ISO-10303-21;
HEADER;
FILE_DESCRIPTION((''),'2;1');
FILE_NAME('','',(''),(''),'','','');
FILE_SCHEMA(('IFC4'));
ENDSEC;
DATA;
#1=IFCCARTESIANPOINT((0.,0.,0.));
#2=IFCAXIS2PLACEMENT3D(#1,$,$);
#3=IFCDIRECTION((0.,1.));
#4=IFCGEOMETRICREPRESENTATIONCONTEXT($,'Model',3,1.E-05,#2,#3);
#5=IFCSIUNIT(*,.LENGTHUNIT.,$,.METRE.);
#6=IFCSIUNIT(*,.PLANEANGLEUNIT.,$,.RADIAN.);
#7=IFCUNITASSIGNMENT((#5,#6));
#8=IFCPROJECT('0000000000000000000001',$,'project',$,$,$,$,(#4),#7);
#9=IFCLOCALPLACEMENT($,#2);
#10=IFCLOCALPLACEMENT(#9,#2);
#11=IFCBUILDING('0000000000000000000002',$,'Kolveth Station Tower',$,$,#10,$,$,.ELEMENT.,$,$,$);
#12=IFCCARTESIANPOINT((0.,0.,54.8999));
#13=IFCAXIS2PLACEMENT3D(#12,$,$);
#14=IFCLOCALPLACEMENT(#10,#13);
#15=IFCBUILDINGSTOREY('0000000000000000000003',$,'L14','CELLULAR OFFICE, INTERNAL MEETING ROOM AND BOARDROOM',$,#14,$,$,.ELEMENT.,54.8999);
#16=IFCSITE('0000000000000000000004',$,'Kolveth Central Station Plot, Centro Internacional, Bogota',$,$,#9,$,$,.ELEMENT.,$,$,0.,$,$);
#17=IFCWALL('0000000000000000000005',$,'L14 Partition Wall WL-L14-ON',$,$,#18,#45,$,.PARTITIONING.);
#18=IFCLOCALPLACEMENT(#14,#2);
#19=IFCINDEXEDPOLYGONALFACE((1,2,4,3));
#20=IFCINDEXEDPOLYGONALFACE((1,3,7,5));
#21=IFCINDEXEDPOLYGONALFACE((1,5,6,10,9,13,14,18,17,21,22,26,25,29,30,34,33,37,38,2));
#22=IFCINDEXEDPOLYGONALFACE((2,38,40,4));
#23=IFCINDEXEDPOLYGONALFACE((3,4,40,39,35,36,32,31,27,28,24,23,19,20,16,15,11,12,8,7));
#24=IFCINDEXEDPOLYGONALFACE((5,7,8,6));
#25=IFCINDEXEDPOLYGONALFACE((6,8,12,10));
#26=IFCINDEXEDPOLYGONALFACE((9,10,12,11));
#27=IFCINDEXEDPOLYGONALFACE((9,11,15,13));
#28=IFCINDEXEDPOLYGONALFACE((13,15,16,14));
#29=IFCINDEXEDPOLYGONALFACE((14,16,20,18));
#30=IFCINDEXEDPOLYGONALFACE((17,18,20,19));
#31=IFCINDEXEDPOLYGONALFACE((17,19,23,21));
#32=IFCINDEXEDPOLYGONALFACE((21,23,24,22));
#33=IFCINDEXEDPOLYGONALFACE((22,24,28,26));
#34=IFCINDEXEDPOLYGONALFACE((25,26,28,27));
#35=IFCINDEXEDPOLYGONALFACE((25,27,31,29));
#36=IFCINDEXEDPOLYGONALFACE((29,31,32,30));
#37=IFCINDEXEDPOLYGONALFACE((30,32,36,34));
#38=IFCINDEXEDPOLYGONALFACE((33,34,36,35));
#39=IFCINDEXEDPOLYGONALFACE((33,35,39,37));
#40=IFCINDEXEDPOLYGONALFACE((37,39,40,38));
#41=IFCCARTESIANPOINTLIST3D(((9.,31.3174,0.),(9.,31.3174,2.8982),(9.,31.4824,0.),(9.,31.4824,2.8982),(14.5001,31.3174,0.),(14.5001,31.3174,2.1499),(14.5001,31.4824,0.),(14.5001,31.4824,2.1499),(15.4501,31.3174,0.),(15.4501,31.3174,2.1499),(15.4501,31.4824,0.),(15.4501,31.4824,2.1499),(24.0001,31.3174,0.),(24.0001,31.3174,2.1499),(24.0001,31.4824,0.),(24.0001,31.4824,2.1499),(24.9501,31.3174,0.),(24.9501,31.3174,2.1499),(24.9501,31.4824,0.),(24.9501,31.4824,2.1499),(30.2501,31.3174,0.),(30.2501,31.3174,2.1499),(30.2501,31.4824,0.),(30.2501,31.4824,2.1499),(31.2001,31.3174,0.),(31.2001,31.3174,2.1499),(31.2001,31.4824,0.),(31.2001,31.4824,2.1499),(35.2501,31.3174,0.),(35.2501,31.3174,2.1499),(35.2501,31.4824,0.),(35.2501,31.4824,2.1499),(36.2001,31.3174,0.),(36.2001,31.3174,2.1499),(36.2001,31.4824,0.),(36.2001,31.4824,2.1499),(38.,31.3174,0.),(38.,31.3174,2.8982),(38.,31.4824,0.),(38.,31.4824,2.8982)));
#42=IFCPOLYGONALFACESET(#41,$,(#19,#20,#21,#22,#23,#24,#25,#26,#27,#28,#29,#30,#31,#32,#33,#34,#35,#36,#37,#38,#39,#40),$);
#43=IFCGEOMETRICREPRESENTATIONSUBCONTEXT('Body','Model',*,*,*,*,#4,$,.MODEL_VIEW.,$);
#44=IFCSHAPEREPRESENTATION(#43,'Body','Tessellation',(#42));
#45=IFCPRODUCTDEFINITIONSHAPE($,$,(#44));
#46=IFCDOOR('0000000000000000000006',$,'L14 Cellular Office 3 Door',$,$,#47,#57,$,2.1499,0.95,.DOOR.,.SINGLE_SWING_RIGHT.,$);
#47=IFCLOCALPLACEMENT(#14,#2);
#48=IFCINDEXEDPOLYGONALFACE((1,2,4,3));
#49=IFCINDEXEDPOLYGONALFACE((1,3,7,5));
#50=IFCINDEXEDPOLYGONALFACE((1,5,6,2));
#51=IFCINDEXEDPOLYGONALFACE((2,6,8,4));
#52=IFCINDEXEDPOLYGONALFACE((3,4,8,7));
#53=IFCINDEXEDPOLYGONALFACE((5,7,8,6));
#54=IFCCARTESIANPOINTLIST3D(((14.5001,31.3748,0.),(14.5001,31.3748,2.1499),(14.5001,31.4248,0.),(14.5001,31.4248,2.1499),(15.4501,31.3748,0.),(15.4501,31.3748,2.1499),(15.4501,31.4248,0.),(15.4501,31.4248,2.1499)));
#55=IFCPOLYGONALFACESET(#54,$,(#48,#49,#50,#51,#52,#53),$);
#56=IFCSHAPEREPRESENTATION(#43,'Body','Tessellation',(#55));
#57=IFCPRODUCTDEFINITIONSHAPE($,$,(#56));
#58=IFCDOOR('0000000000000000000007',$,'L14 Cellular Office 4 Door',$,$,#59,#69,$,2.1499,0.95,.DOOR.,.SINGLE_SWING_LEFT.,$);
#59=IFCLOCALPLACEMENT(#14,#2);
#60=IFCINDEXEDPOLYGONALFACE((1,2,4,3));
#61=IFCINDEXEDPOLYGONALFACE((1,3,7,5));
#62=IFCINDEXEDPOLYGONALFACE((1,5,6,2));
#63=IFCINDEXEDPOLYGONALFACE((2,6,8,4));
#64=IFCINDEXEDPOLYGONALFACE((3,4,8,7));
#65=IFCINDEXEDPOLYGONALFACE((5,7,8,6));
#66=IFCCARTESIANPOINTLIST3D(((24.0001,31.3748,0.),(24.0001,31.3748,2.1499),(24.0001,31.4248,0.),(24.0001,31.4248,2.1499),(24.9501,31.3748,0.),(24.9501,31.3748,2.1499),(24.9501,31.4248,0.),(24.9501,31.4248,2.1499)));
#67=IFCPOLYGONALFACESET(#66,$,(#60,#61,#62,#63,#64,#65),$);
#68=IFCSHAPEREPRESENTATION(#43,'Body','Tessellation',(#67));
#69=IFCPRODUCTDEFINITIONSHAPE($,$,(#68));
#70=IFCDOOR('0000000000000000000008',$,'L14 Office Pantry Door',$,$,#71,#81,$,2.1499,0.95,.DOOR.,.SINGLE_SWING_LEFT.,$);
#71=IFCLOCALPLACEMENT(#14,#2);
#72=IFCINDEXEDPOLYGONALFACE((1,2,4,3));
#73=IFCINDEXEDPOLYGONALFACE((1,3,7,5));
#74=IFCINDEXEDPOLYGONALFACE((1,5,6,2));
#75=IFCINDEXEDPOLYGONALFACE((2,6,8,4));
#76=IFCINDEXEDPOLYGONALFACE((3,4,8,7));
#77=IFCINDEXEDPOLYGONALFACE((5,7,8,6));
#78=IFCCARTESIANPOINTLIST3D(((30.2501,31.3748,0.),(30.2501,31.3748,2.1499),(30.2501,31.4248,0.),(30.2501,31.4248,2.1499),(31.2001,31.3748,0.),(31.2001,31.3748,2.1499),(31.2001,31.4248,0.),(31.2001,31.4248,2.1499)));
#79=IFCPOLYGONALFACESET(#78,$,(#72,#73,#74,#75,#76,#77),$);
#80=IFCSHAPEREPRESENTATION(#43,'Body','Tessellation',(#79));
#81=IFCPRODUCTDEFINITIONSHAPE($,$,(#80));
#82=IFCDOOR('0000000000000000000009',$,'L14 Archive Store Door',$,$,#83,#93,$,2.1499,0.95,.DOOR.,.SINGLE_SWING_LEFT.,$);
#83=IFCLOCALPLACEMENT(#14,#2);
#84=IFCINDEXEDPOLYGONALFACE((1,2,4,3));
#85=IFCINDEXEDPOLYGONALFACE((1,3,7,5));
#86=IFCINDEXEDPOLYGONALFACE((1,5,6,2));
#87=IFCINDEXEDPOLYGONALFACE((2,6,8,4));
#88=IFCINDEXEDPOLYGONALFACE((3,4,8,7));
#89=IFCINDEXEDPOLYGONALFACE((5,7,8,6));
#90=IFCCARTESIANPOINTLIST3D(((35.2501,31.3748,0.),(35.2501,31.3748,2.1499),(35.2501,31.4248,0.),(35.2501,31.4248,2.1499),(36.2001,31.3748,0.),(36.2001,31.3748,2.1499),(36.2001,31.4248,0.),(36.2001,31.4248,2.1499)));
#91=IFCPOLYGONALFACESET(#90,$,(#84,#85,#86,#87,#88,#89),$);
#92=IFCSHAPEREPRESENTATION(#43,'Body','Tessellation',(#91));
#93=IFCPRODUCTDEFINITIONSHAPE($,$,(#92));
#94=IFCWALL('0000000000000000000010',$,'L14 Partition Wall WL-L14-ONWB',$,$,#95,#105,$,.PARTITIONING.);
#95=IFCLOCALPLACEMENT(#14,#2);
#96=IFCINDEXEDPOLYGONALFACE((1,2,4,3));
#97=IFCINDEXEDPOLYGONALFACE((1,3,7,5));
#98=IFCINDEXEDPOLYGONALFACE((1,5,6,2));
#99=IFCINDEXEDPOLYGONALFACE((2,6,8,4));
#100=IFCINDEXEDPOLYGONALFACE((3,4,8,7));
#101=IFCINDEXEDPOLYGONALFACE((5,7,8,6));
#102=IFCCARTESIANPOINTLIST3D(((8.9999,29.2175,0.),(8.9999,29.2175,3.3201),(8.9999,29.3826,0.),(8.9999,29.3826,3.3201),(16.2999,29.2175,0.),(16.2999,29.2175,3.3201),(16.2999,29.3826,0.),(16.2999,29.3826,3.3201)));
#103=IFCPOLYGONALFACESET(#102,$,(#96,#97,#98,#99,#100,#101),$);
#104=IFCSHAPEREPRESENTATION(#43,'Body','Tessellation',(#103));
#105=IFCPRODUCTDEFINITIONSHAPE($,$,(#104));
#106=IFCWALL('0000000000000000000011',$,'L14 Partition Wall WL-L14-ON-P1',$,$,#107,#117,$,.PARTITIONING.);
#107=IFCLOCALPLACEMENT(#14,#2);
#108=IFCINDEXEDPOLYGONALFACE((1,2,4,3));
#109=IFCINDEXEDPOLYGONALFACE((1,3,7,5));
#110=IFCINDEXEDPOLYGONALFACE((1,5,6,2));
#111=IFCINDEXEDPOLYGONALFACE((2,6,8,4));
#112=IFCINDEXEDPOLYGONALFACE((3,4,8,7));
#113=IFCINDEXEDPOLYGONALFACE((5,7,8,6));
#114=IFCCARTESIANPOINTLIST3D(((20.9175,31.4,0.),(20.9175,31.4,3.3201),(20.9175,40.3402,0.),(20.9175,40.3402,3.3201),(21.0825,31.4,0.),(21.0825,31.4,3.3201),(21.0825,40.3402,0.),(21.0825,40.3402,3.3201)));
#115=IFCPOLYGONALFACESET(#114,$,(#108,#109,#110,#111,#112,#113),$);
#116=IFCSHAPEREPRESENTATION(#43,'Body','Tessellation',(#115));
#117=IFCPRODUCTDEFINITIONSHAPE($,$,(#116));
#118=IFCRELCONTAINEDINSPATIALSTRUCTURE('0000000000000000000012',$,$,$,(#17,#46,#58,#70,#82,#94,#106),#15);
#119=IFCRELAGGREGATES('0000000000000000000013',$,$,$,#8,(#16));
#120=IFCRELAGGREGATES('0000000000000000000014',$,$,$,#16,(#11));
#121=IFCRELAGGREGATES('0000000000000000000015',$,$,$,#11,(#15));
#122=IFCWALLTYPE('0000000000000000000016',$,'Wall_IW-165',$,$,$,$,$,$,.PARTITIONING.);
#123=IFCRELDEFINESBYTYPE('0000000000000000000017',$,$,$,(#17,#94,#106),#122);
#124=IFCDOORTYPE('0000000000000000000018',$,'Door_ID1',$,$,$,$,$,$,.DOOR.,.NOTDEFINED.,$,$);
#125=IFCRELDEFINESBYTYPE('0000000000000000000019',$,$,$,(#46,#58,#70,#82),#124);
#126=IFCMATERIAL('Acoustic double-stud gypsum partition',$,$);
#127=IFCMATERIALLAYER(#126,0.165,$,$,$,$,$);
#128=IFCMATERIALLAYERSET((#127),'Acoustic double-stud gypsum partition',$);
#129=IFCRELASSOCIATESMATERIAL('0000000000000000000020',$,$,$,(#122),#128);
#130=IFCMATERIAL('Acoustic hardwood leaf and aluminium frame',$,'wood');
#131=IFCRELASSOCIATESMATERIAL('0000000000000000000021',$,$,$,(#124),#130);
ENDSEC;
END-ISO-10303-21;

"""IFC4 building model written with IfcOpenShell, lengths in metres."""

from ifc_helpers import new_model, si_unit, direction, frame, frame_2d, origin, place, context, subcontext, project, spatial, rectangle, extrude, material, layer, layer_set, type_object, element, fill, save


model = new_model("IFC4")

# Units and contexts
model_context = context("Model", 3, precision=1e-05, world=origin(), true_north=direction((0.0, 1.0)))
body_context = subcontext(model_context, "Body", "Model", "MODEL_VIEW")
ifc_project = project(units=[si_unit("LENGTHUNIT", "METRE"), si_unit("PLANEANGLEUNIT", "RADIAN")], contexts=[model_context])

# Site, building, storey
site_placement = place(None, origin())
site = spatial("IfcSite", under=ifc_project, at=site_placement, Name="Kolveth Central Station Plot, Centro Internacional, Bogota", CompositionType="ELEMENT", RefElevation=0.0)
building_placement = place(site_placement, origin())
building = spatial("IfcBuilding", under=site, at=building_placement, Name="Kolveth Station Tower", CompositionType="ELEMENT")
storey_placement = place(building_placement, frame((0.0, 0.0, 54.8999)))
storey = spatial("IfcBuildingStorey", under=building, at=storey_placement, Name="L14", Description="CELLULAR OFFICE, INTERNAL MEETING ROOM AND BOARDROOM", CompositionType="ELEMENT", Elevation=54.8999)

# Wall, openings, doors
ifc_material_1 = material(Name="Acoustic double-stud gypsum partition")
ifc_layer_1 = layer(ifc_material_1, 0.165)
ifc_layer_set_1 = layer_set([ifc_layer_1], Name="Acoustic double-stud gypsum partition")
wall_type = type_object("IfcWallType", Name="Wall_IW-165", PredefinedType="PARTITIONING", material=ifc_layer_set_1)
wall_1_placement = place(storey_placement, frame((9.0, 31.3999, 0.0), z_axis=(0.0, 0.0, 1.0), x_axis=(1.0, 0.0, 0.0)))
wall_1 = element("IfcWall", 1, at=wall_1_placement, inside=storey, type_object=wall_type, Name="L14 Partition Wall WL-L14-ON", PredefinedType="PARTITIONING", context=body_context, shape_type="SweptSolid", body=[
    extrude(rectangle(XDim=29.0, YDim=0.165, at=frame_2d((14.5, 0.0))), origin(), (0.0, 0.0, 1.0), 2.8982),
])
opening_1_placement = place(wall_1_placement, frame((5.5, 0.0, 0.0)))
opening_1 = element("IfcOpeningElement", 2, at=opening_1_placement, cuts=wall_1, PredefinedType="OPENING", context=body_context, shape_type="SweptSolid", body=[
    extrude(rectangle(XDim=0.95, YDim=2.1499, at=frame_2d((0.4751, 1.075))), frame((0.0, 0.0925, 0.0), z_axis=(0.0, -1.0, 0.0), x_axis=(1.0, 0.0, 0.0)), (0.0, 0.0, 1.0), 0.1851),
])
opening_2_placement = place(wall_1_placement, frame((15.0, 0.0, 0.0)))
opening_2 = element("IfcOpeningElement", 3, at=opening_2_placement, cuts=wall_1, PredefinedType="OPENING", context=body_context, shape_type="SweptSolid", body=[
    extrude(rectangle(XDim=0.95, YDim=2.1499, at=frame_2d((0.4751, 1.075))), frame((0.0, 0.0925, 0.0), z_axis=(0.0, -1.0, 0.0), x_axis=(1.0, 0.0, 0.0)), (0.0, 0.0, 1.0), 0.1851),
])
opening_3_placement = place(wall_1_placement, frame((21.25, 0.0, 0.0)))
opening_3 = element("IfcOpeningElement", 4, at=opening_3_placement, cuts=wall_1, PredefinedType="OPENING", context=body_context, shape_type="SweptSolid", body=[
    extrude(rectangle(XDim=0.95, YDim=2.1499, at=frame_2d((0.4751, 1.075))), frame((0.0, 0.0925, 0.0), z_axis=(0.0, -1.0, 0.0), x_axis=(1.0, 0.0, 0.0)), (0.0, 0.0, 1.0), 0.1851),
])
opening_4_placement = place(wall_1_placement, frame((26.25, 0.0, 0.0)))
opening_4 = element("IfcOpeningElement", 5, at=opening_4_placement, cuts=wall_1, PredefinedType="OPENING", context=body_context, shape_type="SweptSolid", body=[
    extrude(rectangle(XDim=0.95, YDim=2.1499, at=frame_2d((0.4751, 1.075))), frame((0.0, 0.0925, 0.0), z_axis=(0.0, -1.0, 0.0), x_axis=(1.0, 0.0, 0.0)), (0.0, 0.0, 1.0), 0.1851),
])
ifc_material_2 = material(Name="Acoustic hardwood leaf and aluminium frame", Category="wood")
door_type = type_object("IfcDoorType", Name="Door_ID1", OperationType="NOTDEFINED", PredefinedType="DOOR", material=ifc_material_2)
door_1_placement = place(opening_1_placement, origin())
door_1 = element("IfcDoor", 6, at=door_1_placement, inside=storey, type_object=door_type, Name="L14 Cellular Office 3 Door", OperationType="SINGLE_SWING_RIGHT", OverallHeight=2.1499, OverallWidth=0.95, PredefinedType="DOOR", context=body_context, shape_type="SweptSolid", body=[
    extrude(rectangle(XDim=0.95, YDim=2.1499, at=frame_2d((0.4751, 1.075))), frame((0.0, 0.0249, 0.0), z_axis=(0.0, -1.0, 0.0), x_axis=(1.0, 0.0, 0.0)), (0.0, 0.0, 1.0), 0.05),
])
fill(opening_1, door_1)
door_2_placement = place(opening_2_placement, origin())
door_2 = element("IfcDoor", 7, at=door_2_placement, inside=storey, type_object=door_type, Name="L14 Cellular Office 4 Door", OperationType="SINGLE_SWING_LEFT", OverallHeight=2.1499, OverallWidth=0.95, PredefinedType="DOOR", context=body_context, shape_type="SweptSolid", body=[
    extrude(rectangle(XDim=0.95, YDim=2.1499, at=frame_2d((0.4751, 1.075))), frame((0.0, 0.0249, 0.0), z_axis=(0.0, -1.0, 0.0), x_axis=(1.0, 0.0, 0.0)), (0.0, 0.0, 1.0), 0.05),
])
fill(opening_2, door_2)
door_3_placement = place(opening_3_placement, origin())
door_3 = element("IfcDoor", 8, at=door_3_placement, inside=storey, type_object=door_type, Name="L14 Office Pantry Door", OperationType="SINGLE_SWING_LEFT", OverallHeight=2.1499, OverallWidth=0.95, PredefinedType="DOOR", context=body_context, shape_type="SweptSolid", body=[
    extrude(rectangle(XDim=0.95, YDim=2.1499, at=frame_2d((0.4751, 1.075))), frame((0.0, 0.0249, 0.0), z_axis=(0.0, -1.0, 0.0), x_axis=(1.0, 0.0, 0.0)), (0.0, 0.0, 1.0), 0.05),
])
fill(opening_3, door_3)
door_4_placement = place(opening_4_placement, origin())
door_4 = element("IfcDoor", 9, at=door_4_placement, inside=storey, type_object=door_type, Name="L14 Archive Store Door", OperationType="SINGLE_SWING_LEFT", OverallHeight=2.1499, OverallWidth=0.95, PredefinedType="DOOR", context=body_context, shape_type="SweptSolid", body=[
    extrude(rectangle(XDim=0.95, YDim=2.1499, at=frame_2d((0.4751, 1.075))), frame((0.0, 0.0249, 0.0), z_axis=(0.0, -1.0, 0.0), x_axis=(1.0, 0.0, 0.0)), (0.0, 0.0, 1.0), 0.05),
])
fill(opening_4, door_4)

# Walls
wall_2_placement = place(storey_placement, frame((9.0, 29.3, 0.0), z_axis=(0.0, 0.0, 1.0), x_axis=(1.0, 0.0, 0.0)))
element("IfcWall", 10, at=wall_2_placement, inside=storey, type_object=wall_type, Name="L14 Partition Wall WL-L14-ONWB", PredefinedType="PARTITIONING", context=body_context, shape_type="SweptSolid", body=[
    extrude(rectangle(XDim=7.3, YDim=0.165, at=frame_2d((3.6499, 0.0))), origin(), (0.0, 0.0, 1.0), 3.3201),
])
wall_3_placement = place(storey_placement, frame((21.0, 31.3999, 0.0), z_axis=(0.0, 0.0, 1.0), x_axis=(0.0, 1.0, 0.0)))
element("IfcWall", 11, at=wall_3_placement, inside=storey, type_object=wall_type, Name="L14 Partition Wall WL-L14-ON-P1", PredefinedType="PARTITIONING", context=body_context, shape_type="SweptSolid", body=[
    extrude(rectangle(XDim=8.9402, YDim=0.165, at=frame_2d((4.4702, 0.0))), origin(), (0.0, 0.0, 1.0), 3.3201),
])

save(model, "model.ifc")
